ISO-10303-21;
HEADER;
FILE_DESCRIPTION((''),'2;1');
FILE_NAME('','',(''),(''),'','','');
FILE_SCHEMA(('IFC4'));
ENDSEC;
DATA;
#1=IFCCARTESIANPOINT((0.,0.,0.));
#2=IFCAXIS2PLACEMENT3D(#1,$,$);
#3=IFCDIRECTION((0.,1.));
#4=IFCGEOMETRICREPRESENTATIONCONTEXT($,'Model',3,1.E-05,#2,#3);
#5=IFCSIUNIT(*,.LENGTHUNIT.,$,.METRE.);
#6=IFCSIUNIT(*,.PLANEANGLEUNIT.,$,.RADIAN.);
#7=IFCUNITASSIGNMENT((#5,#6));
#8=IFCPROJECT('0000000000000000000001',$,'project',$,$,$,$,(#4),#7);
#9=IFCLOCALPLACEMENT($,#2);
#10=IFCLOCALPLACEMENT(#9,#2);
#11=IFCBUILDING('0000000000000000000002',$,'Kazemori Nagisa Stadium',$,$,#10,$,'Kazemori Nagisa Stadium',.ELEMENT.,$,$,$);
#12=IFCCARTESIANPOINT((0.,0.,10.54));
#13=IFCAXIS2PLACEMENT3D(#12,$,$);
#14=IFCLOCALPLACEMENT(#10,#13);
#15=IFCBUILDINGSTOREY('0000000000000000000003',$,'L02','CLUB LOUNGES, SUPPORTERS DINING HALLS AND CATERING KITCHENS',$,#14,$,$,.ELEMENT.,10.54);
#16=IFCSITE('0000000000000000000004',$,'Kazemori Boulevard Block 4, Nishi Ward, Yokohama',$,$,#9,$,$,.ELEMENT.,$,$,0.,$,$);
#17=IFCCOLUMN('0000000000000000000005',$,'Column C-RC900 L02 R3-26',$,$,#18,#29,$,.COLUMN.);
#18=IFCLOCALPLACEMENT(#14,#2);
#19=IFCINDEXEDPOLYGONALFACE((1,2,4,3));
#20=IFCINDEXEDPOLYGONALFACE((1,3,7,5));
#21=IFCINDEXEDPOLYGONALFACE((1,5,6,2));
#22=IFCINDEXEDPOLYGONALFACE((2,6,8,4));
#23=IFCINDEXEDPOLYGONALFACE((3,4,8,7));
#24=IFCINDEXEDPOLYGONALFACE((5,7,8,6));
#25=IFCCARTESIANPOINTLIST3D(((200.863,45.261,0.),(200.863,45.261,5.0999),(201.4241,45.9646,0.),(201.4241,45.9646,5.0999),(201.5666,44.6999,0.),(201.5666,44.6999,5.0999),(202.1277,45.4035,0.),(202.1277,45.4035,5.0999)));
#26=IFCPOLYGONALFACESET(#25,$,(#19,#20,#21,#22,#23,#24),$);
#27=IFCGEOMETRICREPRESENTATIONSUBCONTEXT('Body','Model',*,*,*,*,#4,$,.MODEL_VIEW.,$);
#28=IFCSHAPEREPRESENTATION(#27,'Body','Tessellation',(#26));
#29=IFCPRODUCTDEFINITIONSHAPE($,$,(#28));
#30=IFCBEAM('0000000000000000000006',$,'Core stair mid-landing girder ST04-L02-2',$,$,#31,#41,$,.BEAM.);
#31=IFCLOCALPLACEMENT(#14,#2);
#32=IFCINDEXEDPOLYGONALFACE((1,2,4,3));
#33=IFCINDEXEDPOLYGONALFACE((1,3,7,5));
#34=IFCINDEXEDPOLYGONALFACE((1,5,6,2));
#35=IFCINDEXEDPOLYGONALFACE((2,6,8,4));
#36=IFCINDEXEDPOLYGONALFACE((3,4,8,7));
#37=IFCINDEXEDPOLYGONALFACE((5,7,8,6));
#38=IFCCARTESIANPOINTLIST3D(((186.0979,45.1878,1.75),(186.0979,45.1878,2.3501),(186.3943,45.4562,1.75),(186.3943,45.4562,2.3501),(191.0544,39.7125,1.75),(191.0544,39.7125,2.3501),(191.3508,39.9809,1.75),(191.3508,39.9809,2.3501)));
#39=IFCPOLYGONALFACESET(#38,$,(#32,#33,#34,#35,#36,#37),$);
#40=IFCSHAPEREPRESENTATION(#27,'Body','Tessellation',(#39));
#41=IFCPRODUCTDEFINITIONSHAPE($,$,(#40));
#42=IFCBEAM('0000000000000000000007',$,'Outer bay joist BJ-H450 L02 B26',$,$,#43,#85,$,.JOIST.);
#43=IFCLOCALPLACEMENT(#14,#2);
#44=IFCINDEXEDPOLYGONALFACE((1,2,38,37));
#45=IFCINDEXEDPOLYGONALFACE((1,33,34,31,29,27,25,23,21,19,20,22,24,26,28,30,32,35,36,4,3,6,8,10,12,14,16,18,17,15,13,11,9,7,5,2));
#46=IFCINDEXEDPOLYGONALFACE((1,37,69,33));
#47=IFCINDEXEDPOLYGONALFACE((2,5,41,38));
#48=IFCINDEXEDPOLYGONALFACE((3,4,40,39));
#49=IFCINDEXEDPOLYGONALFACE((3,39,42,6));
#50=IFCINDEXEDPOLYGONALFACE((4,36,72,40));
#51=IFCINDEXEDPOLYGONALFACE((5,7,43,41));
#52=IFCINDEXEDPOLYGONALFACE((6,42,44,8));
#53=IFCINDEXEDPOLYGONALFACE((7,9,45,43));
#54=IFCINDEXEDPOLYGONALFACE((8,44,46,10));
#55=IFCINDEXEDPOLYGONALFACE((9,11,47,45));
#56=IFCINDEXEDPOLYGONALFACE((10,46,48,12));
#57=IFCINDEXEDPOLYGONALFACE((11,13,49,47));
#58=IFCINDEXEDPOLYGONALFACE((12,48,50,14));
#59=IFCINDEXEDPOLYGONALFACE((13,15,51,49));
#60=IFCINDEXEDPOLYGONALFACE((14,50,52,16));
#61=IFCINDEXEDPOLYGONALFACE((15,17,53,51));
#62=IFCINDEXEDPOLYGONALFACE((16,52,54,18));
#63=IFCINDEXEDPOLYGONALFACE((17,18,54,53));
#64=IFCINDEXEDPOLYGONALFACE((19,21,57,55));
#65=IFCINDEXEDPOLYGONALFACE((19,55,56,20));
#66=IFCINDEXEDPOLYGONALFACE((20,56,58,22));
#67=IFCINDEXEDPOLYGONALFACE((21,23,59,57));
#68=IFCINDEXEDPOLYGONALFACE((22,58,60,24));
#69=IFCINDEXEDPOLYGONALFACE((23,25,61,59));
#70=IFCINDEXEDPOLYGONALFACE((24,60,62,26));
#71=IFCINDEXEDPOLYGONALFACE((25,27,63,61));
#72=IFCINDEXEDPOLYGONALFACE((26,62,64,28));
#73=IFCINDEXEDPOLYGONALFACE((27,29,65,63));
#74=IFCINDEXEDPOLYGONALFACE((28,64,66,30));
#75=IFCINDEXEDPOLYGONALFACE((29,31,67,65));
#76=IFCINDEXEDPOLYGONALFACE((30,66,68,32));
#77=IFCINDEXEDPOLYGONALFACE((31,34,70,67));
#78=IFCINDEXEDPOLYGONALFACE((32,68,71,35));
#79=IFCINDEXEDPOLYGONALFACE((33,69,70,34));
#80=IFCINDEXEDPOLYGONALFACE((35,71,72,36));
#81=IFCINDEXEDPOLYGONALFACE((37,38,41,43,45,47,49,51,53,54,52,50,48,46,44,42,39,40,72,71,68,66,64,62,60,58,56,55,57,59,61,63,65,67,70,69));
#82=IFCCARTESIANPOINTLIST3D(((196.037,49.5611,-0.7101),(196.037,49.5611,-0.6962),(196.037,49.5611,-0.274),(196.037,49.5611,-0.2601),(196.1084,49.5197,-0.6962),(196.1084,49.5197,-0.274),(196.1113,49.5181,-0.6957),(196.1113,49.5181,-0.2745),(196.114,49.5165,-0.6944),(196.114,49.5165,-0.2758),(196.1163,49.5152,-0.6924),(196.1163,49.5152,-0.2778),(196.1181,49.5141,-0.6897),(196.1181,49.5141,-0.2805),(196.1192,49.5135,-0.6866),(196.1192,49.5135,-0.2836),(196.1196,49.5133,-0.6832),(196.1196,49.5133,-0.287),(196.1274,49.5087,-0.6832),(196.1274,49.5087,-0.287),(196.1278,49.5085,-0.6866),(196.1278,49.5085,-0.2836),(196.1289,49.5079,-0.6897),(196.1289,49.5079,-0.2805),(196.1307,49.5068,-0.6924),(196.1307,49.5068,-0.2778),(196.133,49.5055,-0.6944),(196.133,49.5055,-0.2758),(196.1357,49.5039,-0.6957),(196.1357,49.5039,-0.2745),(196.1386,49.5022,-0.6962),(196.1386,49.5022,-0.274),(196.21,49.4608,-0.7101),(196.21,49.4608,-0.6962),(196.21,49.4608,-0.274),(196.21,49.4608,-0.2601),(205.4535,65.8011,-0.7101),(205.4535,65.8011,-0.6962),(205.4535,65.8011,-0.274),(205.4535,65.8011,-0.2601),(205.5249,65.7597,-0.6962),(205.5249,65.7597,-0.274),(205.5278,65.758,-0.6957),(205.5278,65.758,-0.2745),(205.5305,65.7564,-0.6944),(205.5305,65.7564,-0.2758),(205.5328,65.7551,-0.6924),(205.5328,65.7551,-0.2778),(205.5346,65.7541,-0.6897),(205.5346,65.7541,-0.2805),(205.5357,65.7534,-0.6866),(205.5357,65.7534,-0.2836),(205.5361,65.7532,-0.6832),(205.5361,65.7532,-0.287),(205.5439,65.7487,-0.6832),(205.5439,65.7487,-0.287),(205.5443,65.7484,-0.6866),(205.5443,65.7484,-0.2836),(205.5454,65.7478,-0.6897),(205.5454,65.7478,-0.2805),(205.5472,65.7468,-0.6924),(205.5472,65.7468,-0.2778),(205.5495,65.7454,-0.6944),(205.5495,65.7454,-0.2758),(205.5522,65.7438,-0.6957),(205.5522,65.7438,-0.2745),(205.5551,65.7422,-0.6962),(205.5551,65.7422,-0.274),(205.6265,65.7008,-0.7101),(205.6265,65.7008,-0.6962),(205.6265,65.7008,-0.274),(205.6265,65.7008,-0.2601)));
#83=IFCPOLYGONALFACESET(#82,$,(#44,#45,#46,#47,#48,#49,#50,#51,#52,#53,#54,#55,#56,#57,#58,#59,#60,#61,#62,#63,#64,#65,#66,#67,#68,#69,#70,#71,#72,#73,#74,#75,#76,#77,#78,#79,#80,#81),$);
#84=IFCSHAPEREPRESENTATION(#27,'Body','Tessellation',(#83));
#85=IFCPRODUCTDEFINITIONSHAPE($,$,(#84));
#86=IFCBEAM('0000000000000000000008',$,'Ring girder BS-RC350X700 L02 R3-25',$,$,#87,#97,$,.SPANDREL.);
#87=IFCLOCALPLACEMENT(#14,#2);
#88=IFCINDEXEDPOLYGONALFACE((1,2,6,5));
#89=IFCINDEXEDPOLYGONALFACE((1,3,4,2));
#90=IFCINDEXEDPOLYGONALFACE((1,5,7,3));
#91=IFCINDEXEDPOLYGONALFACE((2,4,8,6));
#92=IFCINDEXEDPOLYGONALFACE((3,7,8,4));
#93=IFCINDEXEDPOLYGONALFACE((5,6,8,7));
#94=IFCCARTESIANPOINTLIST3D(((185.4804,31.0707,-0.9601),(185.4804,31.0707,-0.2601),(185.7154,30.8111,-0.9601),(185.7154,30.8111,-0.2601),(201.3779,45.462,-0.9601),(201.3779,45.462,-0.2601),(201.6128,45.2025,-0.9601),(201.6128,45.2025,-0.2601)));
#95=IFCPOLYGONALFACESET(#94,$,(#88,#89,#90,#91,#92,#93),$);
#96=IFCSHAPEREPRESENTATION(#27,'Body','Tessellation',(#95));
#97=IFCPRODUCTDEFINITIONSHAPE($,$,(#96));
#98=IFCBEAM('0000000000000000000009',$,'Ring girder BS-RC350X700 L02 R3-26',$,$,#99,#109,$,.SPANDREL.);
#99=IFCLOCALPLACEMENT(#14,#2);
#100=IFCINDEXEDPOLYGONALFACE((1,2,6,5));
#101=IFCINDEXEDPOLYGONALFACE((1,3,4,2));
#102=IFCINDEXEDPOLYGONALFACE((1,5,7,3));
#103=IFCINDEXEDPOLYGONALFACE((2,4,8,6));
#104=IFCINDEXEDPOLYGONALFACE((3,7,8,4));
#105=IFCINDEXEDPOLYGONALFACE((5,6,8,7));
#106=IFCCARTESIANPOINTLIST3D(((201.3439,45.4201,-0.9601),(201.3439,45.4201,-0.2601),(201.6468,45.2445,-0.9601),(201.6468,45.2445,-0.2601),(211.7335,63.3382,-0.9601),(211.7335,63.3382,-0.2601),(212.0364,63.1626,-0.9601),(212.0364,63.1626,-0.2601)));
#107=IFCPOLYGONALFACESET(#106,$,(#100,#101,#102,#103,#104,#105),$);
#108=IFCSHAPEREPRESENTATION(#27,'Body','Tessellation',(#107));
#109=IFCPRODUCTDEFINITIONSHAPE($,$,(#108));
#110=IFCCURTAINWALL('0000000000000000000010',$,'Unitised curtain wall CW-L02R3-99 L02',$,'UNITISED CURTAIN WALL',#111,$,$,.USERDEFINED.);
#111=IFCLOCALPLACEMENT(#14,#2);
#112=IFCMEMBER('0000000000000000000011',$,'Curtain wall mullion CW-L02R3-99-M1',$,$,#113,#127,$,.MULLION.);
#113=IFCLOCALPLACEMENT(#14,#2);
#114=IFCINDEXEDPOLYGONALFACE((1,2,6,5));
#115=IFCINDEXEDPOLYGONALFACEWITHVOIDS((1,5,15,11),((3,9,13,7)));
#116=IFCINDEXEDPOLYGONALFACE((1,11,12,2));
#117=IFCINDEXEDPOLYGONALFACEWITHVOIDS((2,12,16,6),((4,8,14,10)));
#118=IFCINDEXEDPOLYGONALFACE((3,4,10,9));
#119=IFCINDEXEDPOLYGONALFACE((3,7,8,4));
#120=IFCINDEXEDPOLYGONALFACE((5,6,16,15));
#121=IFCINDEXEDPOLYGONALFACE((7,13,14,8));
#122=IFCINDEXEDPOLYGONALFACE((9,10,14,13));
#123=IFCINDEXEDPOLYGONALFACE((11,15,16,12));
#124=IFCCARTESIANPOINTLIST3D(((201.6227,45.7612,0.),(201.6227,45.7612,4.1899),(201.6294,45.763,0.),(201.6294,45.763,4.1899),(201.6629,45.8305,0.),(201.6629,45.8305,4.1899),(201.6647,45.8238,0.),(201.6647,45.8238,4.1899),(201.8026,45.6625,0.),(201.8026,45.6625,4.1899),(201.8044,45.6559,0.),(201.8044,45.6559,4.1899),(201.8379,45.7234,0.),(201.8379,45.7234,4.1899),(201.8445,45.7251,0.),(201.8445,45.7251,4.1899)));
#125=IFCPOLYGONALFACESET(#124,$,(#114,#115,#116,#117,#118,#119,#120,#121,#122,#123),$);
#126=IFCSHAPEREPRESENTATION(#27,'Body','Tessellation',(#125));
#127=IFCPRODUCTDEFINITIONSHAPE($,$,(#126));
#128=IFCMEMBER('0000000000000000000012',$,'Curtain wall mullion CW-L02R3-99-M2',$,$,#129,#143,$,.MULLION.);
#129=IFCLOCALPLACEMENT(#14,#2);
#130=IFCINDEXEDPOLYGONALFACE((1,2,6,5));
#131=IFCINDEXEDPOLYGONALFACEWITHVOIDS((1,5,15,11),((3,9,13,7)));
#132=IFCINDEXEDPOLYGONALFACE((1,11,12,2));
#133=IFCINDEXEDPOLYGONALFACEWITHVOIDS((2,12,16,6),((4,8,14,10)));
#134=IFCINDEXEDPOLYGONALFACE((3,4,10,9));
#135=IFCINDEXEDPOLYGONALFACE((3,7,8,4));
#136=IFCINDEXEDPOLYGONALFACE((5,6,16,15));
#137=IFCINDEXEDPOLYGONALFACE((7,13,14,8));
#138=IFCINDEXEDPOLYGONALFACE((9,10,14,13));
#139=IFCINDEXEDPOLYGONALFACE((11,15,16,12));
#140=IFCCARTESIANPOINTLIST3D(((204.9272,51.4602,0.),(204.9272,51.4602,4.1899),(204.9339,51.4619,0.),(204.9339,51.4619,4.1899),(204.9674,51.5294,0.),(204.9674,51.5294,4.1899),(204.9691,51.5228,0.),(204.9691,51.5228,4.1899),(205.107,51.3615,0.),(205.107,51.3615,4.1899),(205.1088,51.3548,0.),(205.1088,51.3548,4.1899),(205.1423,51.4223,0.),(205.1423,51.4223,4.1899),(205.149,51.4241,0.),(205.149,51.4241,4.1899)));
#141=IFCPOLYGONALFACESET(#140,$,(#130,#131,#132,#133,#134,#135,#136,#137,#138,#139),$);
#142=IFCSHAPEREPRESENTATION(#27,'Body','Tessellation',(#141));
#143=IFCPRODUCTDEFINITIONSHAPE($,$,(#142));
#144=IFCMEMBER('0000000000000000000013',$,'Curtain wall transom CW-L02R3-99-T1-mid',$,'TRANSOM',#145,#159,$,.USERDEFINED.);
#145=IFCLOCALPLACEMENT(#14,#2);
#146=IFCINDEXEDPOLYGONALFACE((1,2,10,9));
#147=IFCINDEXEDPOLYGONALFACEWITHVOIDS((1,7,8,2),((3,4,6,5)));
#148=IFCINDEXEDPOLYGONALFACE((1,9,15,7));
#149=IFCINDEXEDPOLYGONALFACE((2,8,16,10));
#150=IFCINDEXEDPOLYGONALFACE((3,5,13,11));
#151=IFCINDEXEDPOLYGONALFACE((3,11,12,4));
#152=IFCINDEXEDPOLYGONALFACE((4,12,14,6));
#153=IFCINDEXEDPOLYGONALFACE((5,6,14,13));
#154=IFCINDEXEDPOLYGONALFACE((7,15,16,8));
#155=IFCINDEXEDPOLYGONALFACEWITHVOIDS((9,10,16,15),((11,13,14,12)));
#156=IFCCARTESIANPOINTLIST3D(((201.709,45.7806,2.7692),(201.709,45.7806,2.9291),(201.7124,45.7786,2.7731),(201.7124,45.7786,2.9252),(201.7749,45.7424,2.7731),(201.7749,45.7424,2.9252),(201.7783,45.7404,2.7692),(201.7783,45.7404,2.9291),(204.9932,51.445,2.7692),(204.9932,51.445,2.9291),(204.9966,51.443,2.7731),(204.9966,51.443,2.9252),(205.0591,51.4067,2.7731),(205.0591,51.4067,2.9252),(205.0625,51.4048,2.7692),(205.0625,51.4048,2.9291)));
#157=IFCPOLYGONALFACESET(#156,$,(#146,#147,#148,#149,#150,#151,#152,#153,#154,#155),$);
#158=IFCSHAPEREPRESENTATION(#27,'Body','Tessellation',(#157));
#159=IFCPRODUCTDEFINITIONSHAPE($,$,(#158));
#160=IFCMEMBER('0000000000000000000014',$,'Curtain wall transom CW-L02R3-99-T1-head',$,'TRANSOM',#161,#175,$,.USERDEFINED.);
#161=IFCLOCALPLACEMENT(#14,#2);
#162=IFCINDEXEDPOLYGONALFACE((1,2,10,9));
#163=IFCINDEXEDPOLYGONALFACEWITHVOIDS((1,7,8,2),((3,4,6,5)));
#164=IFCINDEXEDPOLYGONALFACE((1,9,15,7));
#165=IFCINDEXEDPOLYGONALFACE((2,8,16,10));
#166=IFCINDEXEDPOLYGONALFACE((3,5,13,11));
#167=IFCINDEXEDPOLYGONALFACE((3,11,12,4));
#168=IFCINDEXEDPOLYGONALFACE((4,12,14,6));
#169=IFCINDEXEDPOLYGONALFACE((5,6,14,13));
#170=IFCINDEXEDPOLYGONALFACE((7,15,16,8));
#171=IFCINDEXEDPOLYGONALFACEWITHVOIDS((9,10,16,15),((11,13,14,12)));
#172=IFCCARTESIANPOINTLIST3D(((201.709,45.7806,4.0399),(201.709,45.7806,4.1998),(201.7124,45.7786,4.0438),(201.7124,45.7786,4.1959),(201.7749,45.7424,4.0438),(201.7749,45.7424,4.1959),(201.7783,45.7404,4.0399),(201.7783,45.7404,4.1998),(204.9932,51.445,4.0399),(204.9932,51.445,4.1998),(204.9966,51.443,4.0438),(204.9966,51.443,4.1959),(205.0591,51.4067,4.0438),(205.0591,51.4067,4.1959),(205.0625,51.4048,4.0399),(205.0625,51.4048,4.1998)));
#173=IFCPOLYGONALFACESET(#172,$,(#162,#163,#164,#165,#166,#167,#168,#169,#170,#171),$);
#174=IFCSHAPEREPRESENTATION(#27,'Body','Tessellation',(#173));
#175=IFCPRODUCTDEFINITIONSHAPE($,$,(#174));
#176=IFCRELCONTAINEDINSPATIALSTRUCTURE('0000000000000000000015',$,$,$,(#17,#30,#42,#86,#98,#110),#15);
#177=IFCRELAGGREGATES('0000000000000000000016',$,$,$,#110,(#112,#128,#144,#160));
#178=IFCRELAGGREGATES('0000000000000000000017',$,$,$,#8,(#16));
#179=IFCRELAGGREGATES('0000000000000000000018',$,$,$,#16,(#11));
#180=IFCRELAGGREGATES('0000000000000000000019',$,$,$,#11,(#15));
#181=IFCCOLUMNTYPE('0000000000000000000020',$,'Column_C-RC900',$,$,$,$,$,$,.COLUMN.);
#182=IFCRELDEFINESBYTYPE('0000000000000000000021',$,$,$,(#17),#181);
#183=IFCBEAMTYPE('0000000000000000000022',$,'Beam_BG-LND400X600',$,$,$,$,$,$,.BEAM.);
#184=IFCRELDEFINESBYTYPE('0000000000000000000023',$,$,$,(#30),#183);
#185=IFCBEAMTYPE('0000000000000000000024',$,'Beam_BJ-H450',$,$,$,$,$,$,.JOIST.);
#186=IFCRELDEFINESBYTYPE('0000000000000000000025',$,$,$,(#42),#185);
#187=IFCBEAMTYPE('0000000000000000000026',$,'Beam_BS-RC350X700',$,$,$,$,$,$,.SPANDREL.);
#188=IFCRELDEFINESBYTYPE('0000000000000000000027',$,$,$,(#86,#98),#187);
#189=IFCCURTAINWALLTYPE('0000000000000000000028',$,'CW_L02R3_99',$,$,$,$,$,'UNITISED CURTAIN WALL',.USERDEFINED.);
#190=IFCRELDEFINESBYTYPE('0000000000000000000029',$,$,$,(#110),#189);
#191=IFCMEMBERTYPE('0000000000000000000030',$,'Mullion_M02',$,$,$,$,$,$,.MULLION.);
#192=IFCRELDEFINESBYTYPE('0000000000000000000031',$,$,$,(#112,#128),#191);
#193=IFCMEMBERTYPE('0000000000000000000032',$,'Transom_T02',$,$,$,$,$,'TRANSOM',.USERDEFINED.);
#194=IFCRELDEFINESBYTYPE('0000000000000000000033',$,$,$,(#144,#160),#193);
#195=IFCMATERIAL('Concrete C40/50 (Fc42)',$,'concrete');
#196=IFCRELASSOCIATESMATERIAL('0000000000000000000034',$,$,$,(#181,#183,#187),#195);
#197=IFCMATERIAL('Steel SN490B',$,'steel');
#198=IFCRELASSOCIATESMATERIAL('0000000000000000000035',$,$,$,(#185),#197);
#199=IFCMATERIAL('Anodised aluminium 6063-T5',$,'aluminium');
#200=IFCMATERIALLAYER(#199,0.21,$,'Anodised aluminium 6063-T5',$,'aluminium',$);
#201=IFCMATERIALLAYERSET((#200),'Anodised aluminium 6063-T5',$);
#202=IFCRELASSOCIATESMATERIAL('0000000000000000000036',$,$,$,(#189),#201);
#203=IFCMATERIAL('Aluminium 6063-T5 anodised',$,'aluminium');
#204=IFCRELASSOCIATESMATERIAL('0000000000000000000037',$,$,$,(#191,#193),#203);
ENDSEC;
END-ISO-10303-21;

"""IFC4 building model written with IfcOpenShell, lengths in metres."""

from ifc_helpers import new_model, si_unit, direction, frame, origin, origin_2d, place, context, subcontext, project, spatial, rectangle, hollow_rectangle, i_section, extrude, material, layer, layer_set, material_profile, profile_set, type_object, element, aggregate, save


model = new_model("IFC4")

# Units and contexts
model_context = context("Model", 3, precision=1e-05, world=origin(), true_north=direction((0.0, 1.0)))
body_context = subcontext(model_context, "Body", "Model", "MODEL_VIEW")
ifc_project = project(units=[si_unit("LENGTHUNIT", "METRE"), si_unit("PLANEANGLEUNIT", "RADIAN")], contexts=[model_context])

# Site, building, storey
site_placement = place(None, origin())
site = spatial("IfcSite", under=ifc_project, at=site_placement, Name="Kazemori Boulevard Block 4, Nishi Ward, Yokohama", CompositionType="ELEMENT", RefElevation=0.0)
building_placement = place(site_placement, origin())
building = spatial("IfcBuilding", under=site, at=building_placement, Name="Kazemori Nagisa Stadium", LongName="Kazemori Nagisa Stadium", CompositionType="ELEMENT")
storey_placement = place(building_placement, frame((0.0, 0.0, 10.54)))
storey = spatial("IfcBuildingStorey", under=building, at=storey_placement, Name="L02", Description="CLUB LOUNGES, SUPPORTERS DINING HALLS AND CATERING KITCHENS", CompositionType="ELEMENT", Elevation=10.54)

# Column
ifc_material_1 = material(Name="Concrete C40/50 (Fc42)", Category="concrete")
ifc_material_profile_1 = material_profile(ifc_material_1, rectangle(XDim=0.8999, YDim=0.8999, at=origin_2d()), Name="RC-COL-900x900")
ifc_profile_set_1 = profile_set([ifc_material_profile_1], Name="Concrete C40/50 (Fc42)")
column_type = type_object("IfcColumnType", Name="Column_C-RC900", PredefinedType="COLUMN", material=ifc_profile_set_1)
column_placement = place(storey_placement, frame((201.4954, 45.3323, 0.0), z_axis=(0.0, 0.0, 1.0), x_axis=(0.781831, -0.62349, 0.0)))
element("IfcColumn", 1, at=column_placement, inside=storey, type_object=column_type, Name="Column C-RC900 L02 R3-26", PredefinedType="COLUMN", context=body_context, shape_type="SweptSolid", body=[
    extrude(rectangle(XDim=0.8999, YDim=0.8999, at=origin_2d()), origin(), (0.0, 0.0, 1.0), 5.0999),
])

# Beams
ifc_material_profile_2 = material_profile(ifc_material_1, rectangle(XDim=0.3999, YDim=0.6001, at=origin_2d()), Name="RC-BM-400x600")
ifc_profile_set_2 = profile_set([ifc_material_profile_2], Name="Concrete C40/50 (Fc42)")
beam_type_1 = type_object("IfcBeamType", Name="Beam_BG-LND400X600", PredefinedType="BEAM", material=ifc_profile_set_2)
beam_1_placement = place(storey_placement, frame((186.2461, 45.322, 2.05), z_axis=(0.671112, -0.741356, 0.0), x_axis=(0.741356, 0.671112, 0.0)))
element("IfcBeam", 2, at=beam_1_placement, inside=storey, type_object=beam_type_1, Name="Core stair mid-landing girder ST04-L02-2", PredefinedType="BEAM", context=body_context, shape_type="SweptSolid", body=[
    extrude(rectangle(XDim=0.3999, YDim=0.6001, at=origin_2d()), origin(), (0.0, 0.0, 1.0), 7.3855),
])
ifc_material_2 = material(Name="Steel SN490B", Category="steel")
ifc_material_profile_3 = material_profile(ifc_material_2, i_section(OverallWidth=0.2, OverallDepth=0.45, WebThickness=0.009, FlangeThickness=0.0139, FilletRadius=0.0129, at=origin_2d()), Name="H-450x200x9x14")
ifc_profile_set_3 = profile_set([ifc_material_profile_3], Name="Steel SN490B")
beam_type_2 = type_object("IfcBeamType", Name="Beam_BJ-H450", PredefinedType="JOIST", material=ifc_profile_set_3)
beam_2_placement = place(storey_placement, frame((196.1235, 49.511, -0.4851), z_axis=(0.501611, 0.865093, 0.0), x_axis=(-0.865093, 0.501611, 0.0)))
element("IfcBeam", 3, at=beam_2_placement, inside=storey, type_object=beam_type_2, Name="Outer bay joist BJ-H450 L02 B26", PredefinedType="JOIST", context=body_context, shape_type="SweptSolid", body=[
    extrude(i_section(OverallWidth=0.2, OverallDepth=0.45, WebThickness=0.009, FlangeThickness=0.0139, FilletRadius=0.0129, at=origin_2d()), origin(), (0.0, 0.0, 1.0), 18.7725),
])
ifc_material_profile_4 = material_profile(ifc_material_1, rectangle(XDim=0.3501, YDim=0.7, at=origin_2d()), Name="RC-SP-350x700")
ifc_profile_set_4 = profile_set([ifc_material_profile_4], Name="Concrete C40/50 (Fc42)")
beam_type_3 = type_object("IfcBeamType", Name="Beam_BS-RC350X700", PredefinedType="SPANDREL", material=ifc_profile_set_4)
beam_3_placement = place(storey_placement, frame((185.5979, 30.9409, -0.6101), z_axis=(0.741352, 0.671117, 0.0), x_axis=(-0.671117, 0.741352, 0.0)))
element("IfcBeam", 4, at=beam_3_placement, inside=storey, type_object=beam_type_3, Name="Ring girder BS-RC350X700 L02 R3-25", PredefinedType="SPANDREL", context=body_context, shape_type="SweptSolid", body=[
    extrude(rectangle(XDim=0.3501, YDim=0.7, at=origin_2d()), origin(), (0.0, 0.0, 1.0), 21.4438),
])
beam_4_placement = place(storey_placement, frame((201.4954, 45.3323, -0.6101), z_axis=(0.501613, 0.865092, 0.0), x_axis=(-0.865092, 0.501613, 0.0)))
element("IfcBeam", 5, at=beam_4_placement, inside=storey, type_object=beam_type_3, Name="Ring girder BS-RC350X700 L02 R3-26", PredefinedType="SPANDREL", context=body_context, shape_type="SweptSolid", body=[
    extrude(rectangle(XDim=0.3501, YDim=0.7, at=origin_2d()), origin(), (0.0, 0.0, 1.0), 20.7124),
])

# Curtain wall, members
ifc_material_3 = material(Name="Anodised aluminium 6063-T5", Category="aluminium")
ifc_layer_1 = layer(ifc_material_3, 0.21, Name="Anodised aluminium 6063-T5", Category="aluminium")
ifc_layer_set_1 = layer_set([ifc_layer_1], Name="Anodised aluminium 6063-T5")
curtain_wall_type = type_object("IfcCurtainWallType", Name="CW_L02R3_99", ElementType="UNITISED CURTAIN WALL", PredefinedType="USERDEFINED", material=ifc_layer_set_1)
curtain_wall_placement = place(storey_placement, origin())
curtain_wall = element("IfcCurtainWall", 6, at=curtain_wall_placement, inside=storey, type_object=curtain_wall_type, Name="Unitised curtain wall CW-L02R3-99 L02", ObjectType="UNITISED CURTAIN WALL", PredefinedType="USERDEFINED")
ifc_material_4 = material(Name="Aluminium 6063-T5 anodised", Category="aluminium")
ifc_material_profile_5 = material_profile(ifc_material_4, hollow_rectangle(XDim=0.0801, YDim=0.21, WallThickness=0.0049, at=origin_2d()), Name="ALU-MULL-80x210x5")
ifc_profile_set_5 = profile_set([ifc_material_profile_5], Name="Aluminium 6063-T5 anodised")
member_type_1 = type_object("IfcMemberType", Name="Mullion_M02", PredefinedType="MULLION", material=ifc_profile_set_5)
member_1_placement = place(storey_placement, frame((201.7336, 45.7432, 0.0), z_axis=(0.0, 0.0, 1.0), x_axis=(0.501612, 0.865093, 0.0)))
member_1 = element("IfcMember", 7, at=member_1_placement, type_object=member_type_1, Name="Curtain wall mullion CW-L02R3-99-M1", PredefinedType="MULLION", context=body_context, shape_type="SweptSolid", body=[
    extrude(hollow_rectangle(XDim=0.0801, YDim=0.21, WallThickness=0.0049, at=origin_2d()), origin(), (0.0, 0.0, 1.0), 4.1899),
])
member_2_placement = place(storey_placement, frame((205.0381, 51.4421, 0.0), z_axis=(0.0, 0.0, 1.0), x_axis=(0.501612, 0.865093, 0.0)))
member_2 = element("IfcMember", 8, at=member_2_placement, type_object=member_type_1, Name="Curtain wall mullion CW-L02R3-99-M2", PredefinedType="MULLION", context=body_context, shape_type="SweptSolid", body=[
    extrude(hollow_rectangle(XDim=0.0801, YDim=0.21, WallThickness=0.0049, at=origin_2d()), origin(), (0.0, 0.0, 1.0), 4.1899),
])
ifc_material_profile_6 = material_profile(ifc_material_4, hollow_rectangle(XDim=0.0801, YDim=0.1599, WallThickness=0.0039, at=origin_2d()), Name="ALU-TRAN-80x160x4")
ifc_profile_set_6 = profile_set([ifc_material_profile_6], Name="Aluminium 6063-T5 anodised")
member_type_2 = type_object("IfcMemberType", Name="Transom_T02", ElementType="TRANSOM", PredefinedType="USERDEFINED", material=ifc_profile_set_6)
member_3_placement = place(storey_placement, frame((201.7437, 45.7605, 2.8491), z_axis=(0.50159, 0.865105, 0.0), x_axis=(-0.865105, 0.50159, 0.0)))
member_3 = element("IfcMember", 9, at=member_3_placement, type_object=member_type_2, Name="Curtain wall transom CW-L02R3-99-T1-mid", ObjectType="TRANSOM", PredefinedType="USERDEFINED", context=body_context, shape_type="SweptSolid", body=[
    extrude(hollow_rectangle(XDim=0.0801, YDim=0.1599, WallThickness=0.0039, at=origin_2d()), origin(), (0.0, 0.0, 1.0), 6.5476),
])
member_4_placement = place(storey_placement, frame((201.7437, 45.7605, 4.1199), z_axis=(0.50159, 0.865105, 0.0), x_axis=(-0.865105, 0.50159, 0.0)))
member_4 = element("IfcMember", 10, at=member_4_placement, type_object=member_type_2, Name="Curtain wall transom CW-L02R3-99-T1-head", ObjectType="TRANSOM", PredefinedType="USERDEFINED", context=body_context, shape_type="SweptSolid", body=[
    extrude(hollow_rectangle(XDim=0.0801, YDim=0.1599, WallThickness=0.0039, at=origin_2d()), origin(), (0.0, 0.0, 1.0), 6.5476),
])
aggregate(curtain_wall, [member_1, member_2, member_3, member_4])

save(model, "model.ifc")
